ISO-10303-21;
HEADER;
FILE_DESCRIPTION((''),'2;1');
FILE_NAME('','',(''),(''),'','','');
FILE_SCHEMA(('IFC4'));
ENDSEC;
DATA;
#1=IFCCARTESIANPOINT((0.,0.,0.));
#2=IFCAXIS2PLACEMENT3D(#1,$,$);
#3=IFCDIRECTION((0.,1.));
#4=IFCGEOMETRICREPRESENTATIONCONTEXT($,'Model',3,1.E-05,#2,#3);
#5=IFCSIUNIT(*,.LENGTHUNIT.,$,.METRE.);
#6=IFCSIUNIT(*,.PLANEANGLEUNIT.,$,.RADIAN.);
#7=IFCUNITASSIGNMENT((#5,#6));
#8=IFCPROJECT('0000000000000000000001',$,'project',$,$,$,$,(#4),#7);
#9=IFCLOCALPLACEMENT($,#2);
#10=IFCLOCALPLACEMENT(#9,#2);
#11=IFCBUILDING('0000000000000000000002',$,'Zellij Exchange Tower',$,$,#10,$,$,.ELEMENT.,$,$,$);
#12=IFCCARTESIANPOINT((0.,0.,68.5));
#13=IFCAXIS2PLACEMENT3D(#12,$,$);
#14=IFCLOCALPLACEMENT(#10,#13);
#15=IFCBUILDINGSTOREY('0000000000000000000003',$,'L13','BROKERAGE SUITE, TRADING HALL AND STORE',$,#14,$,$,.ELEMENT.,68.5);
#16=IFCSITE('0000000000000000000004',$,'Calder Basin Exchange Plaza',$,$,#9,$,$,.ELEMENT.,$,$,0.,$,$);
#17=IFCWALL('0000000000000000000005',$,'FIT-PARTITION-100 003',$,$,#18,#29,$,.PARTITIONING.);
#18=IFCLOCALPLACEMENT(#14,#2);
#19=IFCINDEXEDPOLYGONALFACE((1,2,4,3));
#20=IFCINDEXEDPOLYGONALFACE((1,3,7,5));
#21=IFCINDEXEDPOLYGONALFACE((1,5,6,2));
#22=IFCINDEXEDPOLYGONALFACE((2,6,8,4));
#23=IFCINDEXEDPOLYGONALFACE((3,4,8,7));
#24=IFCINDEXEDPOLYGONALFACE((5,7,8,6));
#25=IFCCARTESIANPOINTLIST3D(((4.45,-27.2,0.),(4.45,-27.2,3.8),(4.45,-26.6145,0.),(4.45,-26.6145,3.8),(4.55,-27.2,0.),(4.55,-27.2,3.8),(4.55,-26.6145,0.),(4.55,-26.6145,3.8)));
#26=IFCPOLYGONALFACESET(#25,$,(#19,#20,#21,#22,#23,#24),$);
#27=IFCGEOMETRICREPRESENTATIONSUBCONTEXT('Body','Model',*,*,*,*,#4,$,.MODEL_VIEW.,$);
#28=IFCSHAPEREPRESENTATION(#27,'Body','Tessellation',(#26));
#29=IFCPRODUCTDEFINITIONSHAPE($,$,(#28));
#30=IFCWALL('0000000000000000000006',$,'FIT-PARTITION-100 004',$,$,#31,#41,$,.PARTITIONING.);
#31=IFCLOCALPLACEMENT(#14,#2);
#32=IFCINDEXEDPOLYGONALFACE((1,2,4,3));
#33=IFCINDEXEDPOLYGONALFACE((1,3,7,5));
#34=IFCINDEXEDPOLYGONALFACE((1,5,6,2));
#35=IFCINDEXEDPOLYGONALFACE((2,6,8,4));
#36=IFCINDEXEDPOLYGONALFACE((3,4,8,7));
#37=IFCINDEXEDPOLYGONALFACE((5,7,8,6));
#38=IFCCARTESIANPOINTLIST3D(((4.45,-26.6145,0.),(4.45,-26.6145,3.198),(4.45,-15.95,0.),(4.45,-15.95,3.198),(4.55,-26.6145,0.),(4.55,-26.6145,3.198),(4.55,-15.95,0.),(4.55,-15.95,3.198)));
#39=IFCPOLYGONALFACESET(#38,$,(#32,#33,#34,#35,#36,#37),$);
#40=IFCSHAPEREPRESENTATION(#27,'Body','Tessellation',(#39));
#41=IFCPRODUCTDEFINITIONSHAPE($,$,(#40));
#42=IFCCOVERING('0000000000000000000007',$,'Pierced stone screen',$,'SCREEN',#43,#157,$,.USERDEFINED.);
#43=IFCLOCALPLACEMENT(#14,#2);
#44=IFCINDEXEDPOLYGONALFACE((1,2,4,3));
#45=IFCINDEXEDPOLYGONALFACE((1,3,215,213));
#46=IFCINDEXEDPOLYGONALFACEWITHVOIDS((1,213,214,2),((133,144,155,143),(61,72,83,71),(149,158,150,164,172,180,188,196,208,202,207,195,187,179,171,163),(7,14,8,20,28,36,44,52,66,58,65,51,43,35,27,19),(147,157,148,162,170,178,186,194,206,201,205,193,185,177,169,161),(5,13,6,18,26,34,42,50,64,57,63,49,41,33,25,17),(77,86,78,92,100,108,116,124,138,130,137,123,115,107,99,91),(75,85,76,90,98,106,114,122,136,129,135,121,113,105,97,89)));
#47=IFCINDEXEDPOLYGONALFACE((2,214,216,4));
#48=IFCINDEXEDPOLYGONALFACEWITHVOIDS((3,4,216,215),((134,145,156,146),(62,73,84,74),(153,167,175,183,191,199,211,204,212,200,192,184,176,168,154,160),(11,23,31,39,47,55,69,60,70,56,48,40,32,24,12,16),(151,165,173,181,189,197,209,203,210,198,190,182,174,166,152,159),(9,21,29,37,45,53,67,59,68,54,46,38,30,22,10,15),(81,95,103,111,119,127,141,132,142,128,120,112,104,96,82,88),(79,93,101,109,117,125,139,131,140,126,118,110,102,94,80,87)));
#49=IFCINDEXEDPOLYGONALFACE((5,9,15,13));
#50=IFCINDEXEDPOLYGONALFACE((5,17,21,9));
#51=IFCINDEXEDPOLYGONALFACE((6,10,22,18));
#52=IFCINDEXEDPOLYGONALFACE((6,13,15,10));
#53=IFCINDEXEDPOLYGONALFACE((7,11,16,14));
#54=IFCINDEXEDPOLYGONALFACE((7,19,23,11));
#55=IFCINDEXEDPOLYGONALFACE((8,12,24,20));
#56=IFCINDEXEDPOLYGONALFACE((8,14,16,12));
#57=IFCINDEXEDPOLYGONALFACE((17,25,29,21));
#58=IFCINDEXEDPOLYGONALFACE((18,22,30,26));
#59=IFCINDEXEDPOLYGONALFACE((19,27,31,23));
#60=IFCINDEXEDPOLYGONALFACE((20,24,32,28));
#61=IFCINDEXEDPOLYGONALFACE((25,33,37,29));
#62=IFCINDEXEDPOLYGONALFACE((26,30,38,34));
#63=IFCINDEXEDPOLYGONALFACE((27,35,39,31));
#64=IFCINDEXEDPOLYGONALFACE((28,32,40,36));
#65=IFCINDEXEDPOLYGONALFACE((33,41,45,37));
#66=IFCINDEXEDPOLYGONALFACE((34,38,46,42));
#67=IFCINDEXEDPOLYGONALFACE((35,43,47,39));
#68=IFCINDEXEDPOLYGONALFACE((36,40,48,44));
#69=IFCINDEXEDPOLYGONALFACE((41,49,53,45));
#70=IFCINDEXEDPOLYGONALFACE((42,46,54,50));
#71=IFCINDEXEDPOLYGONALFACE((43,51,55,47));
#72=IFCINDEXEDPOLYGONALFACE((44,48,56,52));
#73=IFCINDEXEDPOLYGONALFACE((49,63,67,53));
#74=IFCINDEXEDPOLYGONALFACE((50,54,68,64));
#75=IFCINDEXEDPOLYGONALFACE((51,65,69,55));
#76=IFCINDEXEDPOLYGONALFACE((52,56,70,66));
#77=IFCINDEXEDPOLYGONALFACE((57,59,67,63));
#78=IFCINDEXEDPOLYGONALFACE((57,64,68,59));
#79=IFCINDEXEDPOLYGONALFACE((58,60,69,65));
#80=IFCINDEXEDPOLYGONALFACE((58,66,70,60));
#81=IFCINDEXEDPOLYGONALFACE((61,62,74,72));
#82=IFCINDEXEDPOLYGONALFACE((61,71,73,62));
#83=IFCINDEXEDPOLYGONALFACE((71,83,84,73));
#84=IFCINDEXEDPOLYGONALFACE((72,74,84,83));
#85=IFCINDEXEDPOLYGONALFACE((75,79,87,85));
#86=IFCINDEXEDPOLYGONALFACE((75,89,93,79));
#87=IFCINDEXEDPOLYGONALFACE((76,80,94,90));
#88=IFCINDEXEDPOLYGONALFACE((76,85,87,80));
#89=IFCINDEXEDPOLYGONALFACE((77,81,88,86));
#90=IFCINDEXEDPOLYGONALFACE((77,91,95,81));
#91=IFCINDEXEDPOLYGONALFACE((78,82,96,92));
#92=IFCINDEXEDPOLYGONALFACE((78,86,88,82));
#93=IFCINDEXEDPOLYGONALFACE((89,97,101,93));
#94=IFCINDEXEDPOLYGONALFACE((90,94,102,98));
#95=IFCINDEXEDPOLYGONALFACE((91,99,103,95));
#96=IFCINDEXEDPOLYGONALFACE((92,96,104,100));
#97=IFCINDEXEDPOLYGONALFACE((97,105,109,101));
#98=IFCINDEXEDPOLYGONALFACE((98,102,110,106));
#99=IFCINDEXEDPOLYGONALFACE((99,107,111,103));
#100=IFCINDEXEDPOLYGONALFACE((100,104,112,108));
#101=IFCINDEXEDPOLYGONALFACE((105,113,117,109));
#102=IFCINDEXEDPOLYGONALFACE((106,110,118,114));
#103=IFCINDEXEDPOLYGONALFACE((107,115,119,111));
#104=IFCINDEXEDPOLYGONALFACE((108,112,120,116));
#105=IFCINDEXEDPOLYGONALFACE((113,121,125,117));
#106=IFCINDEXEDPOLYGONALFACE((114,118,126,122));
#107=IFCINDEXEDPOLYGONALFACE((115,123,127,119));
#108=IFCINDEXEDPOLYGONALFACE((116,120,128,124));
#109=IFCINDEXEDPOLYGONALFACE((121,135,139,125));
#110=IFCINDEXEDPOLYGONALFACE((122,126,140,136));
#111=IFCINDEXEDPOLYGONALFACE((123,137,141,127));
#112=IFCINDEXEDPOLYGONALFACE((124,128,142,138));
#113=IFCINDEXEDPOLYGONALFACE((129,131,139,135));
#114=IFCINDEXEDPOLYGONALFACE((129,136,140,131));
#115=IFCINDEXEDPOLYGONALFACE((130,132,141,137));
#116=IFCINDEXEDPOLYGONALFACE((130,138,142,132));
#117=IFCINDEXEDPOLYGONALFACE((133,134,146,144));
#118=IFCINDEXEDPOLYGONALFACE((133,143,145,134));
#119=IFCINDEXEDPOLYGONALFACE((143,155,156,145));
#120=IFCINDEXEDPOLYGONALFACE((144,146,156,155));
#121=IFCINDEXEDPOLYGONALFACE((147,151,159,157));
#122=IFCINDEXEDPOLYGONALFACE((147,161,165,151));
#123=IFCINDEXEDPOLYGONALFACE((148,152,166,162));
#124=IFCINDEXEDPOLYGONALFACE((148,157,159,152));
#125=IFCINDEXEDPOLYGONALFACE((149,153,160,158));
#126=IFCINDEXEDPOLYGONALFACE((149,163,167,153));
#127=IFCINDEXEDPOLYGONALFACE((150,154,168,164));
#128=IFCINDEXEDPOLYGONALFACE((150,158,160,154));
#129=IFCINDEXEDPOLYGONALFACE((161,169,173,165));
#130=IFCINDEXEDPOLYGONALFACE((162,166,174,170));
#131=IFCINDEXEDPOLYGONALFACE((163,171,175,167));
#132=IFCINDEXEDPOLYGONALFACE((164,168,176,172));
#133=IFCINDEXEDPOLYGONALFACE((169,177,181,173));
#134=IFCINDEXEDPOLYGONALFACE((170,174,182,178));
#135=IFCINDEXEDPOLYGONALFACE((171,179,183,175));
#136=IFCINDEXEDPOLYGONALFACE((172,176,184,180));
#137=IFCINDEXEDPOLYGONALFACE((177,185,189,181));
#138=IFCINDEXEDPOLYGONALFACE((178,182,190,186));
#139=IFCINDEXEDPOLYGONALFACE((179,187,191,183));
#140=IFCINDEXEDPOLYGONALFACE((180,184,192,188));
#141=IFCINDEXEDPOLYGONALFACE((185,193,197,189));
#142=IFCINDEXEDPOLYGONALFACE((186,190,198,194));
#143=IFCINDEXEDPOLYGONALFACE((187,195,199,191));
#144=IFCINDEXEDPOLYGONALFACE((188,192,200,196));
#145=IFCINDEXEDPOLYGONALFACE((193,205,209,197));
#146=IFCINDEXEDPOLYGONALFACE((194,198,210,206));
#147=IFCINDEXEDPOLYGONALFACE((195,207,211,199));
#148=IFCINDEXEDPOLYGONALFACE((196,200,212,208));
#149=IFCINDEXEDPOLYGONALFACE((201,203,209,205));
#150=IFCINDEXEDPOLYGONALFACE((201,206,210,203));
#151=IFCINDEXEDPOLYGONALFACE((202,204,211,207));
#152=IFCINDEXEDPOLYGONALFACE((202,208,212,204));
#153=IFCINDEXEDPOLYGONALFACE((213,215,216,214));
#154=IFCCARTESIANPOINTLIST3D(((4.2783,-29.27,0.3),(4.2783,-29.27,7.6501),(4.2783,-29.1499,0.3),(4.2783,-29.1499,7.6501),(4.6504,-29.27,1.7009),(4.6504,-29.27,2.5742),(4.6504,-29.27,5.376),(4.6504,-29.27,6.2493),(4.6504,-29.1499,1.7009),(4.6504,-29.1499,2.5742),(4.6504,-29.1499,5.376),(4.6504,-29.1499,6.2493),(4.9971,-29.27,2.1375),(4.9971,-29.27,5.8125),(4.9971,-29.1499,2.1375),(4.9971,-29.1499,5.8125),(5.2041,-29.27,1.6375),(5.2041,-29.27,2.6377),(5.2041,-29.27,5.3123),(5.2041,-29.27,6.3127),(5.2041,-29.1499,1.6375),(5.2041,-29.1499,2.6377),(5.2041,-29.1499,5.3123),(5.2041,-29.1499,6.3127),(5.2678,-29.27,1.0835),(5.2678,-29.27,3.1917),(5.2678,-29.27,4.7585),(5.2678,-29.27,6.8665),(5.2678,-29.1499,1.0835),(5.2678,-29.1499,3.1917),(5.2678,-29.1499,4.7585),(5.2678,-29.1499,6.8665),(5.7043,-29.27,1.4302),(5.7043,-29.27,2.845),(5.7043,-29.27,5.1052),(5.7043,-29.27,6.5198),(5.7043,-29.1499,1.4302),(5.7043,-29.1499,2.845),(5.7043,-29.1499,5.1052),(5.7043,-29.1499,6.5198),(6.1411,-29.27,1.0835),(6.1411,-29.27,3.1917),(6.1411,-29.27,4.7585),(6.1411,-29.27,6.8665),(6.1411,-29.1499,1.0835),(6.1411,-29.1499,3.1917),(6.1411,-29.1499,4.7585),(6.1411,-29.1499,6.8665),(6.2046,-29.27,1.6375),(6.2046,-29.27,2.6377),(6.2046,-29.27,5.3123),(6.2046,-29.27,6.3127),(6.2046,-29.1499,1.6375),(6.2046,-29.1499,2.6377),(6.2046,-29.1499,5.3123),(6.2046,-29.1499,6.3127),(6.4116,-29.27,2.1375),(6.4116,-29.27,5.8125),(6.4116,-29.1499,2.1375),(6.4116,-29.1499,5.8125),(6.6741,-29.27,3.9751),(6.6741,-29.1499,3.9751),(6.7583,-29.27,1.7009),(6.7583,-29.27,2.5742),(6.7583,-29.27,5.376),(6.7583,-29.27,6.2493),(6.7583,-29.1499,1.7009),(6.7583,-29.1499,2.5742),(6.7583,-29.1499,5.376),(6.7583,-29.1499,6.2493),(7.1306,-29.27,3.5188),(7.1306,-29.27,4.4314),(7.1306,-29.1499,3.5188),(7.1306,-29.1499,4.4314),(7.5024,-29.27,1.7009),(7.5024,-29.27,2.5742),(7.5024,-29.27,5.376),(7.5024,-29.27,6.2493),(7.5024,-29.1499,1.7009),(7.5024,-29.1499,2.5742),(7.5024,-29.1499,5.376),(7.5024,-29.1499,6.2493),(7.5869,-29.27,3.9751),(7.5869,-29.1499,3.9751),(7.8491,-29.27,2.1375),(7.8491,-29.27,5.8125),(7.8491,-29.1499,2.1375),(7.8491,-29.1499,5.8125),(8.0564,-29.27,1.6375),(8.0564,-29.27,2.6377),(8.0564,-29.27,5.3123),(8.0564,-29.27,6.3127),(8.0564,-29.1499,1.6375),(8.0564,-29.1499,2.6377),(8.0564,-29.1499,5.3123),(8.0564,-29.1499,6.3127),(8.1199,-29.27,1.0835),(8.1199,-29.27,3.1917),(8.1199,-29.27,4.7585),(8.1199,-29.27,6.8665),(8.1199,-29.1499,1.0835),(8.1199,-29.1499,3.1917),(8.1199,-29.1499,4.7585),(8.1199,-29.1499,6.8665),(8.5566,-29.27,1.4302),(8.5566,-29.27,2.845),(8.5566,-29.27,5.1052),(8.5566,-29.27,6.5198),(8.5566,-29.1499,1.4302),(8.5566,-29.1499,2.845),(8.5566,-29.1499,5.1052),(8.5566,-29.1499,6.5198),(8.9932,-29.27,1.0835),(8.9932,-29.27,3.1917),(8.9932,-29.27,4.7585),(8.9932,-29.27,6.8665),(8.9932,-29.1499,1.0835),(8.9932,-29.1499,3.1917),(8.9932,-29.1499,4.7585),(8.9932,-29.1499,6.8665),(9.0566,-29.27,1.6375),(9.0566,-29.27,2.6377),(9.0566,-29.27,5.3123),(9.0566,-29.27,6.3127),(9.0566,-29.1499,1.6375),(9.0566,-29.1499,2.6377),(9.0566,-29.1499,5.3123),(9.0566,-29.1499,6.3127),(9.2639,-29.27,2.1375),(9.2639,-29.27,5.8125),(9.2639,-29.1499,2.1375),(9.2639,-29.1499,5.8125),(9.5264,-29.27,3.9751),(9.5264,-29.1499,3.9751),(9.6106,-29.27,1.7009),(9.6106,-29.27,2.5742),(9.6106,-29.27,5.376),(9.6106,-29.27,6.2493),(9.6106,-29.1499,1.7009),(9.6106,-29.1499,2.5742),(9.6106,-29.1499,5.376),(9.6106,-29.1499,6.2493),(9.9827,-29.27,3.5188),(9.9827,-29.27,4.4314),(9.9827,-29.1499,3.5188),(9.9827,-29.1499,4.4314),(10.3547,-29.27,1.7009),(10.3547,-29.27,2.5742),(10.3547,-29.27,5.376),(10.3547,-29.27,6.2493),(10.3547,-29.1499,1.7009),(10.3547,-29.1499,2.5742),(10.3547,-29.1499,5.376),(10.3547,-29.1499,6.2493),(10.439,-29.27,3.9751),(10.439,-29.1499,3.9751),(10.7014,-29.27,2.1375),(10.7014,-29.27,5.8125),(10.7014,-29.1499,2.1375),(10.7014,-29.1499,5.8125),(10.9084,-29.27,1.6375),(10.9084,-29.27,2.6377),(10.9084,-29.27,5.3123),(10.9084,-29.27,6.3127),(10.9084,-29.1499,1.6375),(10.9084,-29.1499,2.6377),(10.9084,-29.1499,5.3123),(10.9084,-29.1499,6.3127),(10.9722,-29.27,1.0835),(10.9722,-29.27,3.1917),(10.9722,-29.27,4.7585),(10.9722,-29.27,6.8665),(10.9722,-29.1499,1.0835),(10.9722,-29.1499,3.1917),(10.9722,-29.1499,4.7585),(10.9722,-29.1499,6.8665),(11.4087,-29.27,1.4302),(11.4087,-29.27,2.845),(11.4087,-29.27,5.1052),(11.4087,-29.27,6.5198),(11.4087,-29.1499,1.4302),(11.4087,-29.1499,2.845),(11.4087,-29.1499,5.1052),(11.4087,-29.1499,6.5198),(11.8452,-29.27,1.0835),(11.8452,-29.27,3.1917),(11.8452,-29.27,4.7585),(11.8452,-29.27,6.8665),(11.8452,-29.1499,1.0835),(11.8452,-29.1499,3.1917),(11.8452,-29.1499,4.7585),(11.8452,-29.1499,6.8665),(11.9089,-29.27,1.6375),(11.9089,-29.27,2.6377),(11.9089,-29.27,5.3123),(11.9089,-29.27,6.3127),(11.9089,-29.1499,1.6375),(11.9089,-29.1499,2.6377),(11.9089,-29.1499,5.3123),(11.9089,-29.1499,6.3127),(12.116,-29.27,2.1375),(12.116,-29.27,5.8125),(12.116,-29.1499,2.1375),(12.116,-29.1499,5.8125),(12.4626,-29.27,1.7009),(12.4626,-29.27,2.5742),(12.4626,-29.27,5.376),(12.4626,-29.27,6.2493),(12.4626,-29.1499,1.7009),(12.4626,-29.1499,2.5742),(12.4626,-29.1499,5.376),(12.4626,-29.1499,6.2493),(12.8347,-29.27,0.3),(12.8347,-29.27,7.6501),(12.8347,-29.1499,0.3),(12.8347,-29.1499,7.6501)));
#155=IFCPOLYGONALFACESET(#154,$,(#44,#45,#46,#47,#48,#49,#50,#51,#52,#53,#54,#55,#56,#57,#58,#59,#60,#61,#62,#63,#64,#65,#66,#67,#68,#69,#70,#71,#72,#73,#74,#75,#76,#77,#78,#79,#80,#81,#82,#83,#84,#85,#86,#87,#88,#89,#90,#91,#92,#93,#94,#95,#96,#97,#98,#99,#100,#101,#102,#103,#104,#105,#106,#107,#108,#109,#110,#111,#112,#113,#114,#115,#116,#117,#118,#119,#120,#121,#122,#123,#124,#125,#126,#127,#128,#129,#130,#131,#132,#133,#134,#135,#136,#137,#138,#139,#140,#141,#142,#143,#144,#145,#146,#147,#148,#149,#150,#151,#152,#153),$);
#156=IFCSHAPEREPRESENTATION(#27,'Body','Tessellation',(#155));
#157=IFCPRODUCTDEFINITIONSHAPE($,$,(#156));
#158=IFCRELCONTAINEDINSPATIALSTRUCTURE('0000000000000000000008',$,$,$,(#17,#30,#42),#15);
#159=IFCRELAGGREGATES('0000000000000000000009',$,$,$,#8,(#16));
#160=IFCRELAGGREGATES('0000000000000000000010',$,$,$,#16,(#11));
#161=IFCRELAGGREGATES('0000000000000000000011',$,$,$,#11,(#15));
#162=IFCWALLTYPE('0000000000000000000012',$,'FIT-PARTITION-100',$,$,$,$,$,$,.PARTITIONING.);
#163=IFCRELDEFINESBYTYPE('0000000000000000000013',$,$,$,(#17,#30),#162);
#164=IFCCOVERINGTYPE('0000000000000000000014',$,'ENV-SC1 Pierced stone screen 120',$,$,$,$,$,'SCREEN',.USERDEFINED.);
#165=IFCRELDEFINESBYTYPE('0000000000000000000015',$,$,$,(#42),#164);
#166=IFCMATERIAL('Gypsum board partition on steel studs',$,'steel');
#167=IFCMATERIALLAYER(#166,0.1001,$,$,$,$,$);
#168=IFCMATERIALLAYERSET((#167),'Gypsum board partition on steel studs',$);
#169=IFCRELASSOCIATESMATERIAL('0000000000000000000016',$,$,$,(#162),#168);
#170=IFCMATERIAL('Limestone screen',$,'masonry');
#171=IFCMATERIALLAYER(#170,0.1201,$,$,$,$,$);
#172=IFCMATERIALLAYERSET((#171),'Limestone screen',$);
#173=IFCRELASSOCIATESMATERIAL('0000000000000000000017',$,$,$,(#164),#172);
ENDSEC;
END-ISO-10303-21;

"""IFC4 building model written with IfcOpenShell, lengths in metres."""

from ifc_helpers import new_model, si_unit, direction, frame, frame_2d, origin, place, context, subcontext, project, spatial, polyline, rectangle, outline, extrude, material, layer, layer_set, type_object, element, save


model = new_model("IFC4")

# Units and contexts
model_context = context("Model", 3, precision=1e-05, world=origin(), true_north=direction((0.0, 1.0)))
body_context = subcontext(model_context, "Body", "Model", "MODEL_VIEW")
ifc_project = project(units=[si_unit("LENGTHUNIT", "METRE"), si_unit("PLANEANGLEUNIT", "RADIAN")], contexts=[model_context])

# Site, building, storey
site_placement = place(None, origin())
site = spatial("IfcSite", under=ifc_project, at=site_placement, Name="Calder Basin Exchange Plaza", CompositionType="ELEMENT", RefElevation=0.0)
building_placement = place(site_placement, origin())
building = spatial("IfcBuilding", under=site, at=building_placement, Name="Zellij Exchange Tower", CompositionType="ELEMENT")
storey_placement = place(building_placement, frame((0.0, 0.0, 68.5)))
storey = spatial("IfcBuildingStorey", under=building, at=storey_placement, Name="L13", Description="BROKERAGE SUITE, TRADING HALL AND STORE", CompositionType="ELEMENT", Elevation=68.5)

# Walls
ifc_material_1 = material(Name="Gypsum board partition on steel studs", Category="steel")
ifc_layer_1 = layer(ifc_material_1, 0.1001)
ifc_layer_set_1 = layer_set([ifc_layer_1], Name="Gypsum board partition on steel studs")
wall_type_1 = type_object("IfcWallType", Name="FIT-PARTITION-100", PredefinedType="PARTITIONING", material=ifc_layer_set_1)
wall_1_placement = place(storey_placement, frame((4.5, -27.2, 0.0), z_axis=(0.0, 0.0, 1.0), x_axis=(0.0, 1.0, 0.0)))
element("IfcWall", 1, at=wall_1_placement, inside=storey, type_object=wall_type_1, Name="FIT-PARTITION-100 003", PredefinedType="PARTITIONING", context=body_context, shape_type="SweptSolid", body=[
    extrude(rectangle(XDim=0.5854, YDim=0.1001, at=frame_2d((0.2927, 0.0))), origin(), (0.0, 0.0, 1.0), 3.8),
])
wall_2_placement = place(storey_placement, frame((4.5, -26.6145, 0.0), z_axis=(0.0, 0.0, 1.0), x_axis=(0.0, 1.0, 0.0)))
element("IfcWall", 2, at=wall_2_placement, inside=storey, type_object=wall_type_1, Name="FIT-PARTITION-100 004", PredefinedType="PARTITIONING", context=body_context, shape_type="SweptSolid", body=[
    extrude(rectangle(XDim=10.6646, YDim=0.1001, at=frame_2d((5.3323, 0.0))), origin(), (0.0, 0.0, 1.0), 3.198),
])

# Covering
ifc_material_2 = material(Name="Limestone screen", Category="masonry")
ifc_layer_2 = layer(ifc_material_2, 0.1201)
ifc_layer_set_2 = layer_set([ifc_layer_2], Name="Limestone screen")
covering_type = type_object("IfcCoveringType", Name="ENV-SC1 Pierced stone screen 120", ElementType="SCREEN", PredefinedType="USERDEFINED", material=ifc_layer_set_2)
covering_1_placement = place(storey_placement, frame((4.2783, -29.21, 0.3), z_axis=(0.0, 0.0, 1.0), x_axis=(1.0, 0.0, 0.0)))
element("IfcCovering", 3, at=covering_1_placement, inside=storey, type_object=covering_type, Name="Pierced stone screen", ObjectType="SCREEN", PredefinedType="USERDEFINED", context=body_context, shape_type="SweptSolid", body=[
    extrude(outline(polyline([(0.0, 0.0), (8.5564, 0.0), (8.5564, 7.3501), (0.0, 7.3501), (0.0, 0.0)]), holes=[polyline([(2.48, 2.2742), (1.9263, 2.3376), (1.8628, 2.8916), (1.426, 2.5449), (0.9895, 2.8916), (0.9258, 2.3376), (0.3721, 2.2742), (0.7188, 1.8374), (0.3721, 1.4009), (0.9258, 1.3374), (0.9895, 0.7834), (1.426, 1.1301), (1.8628, 0.7834), (1.9263, 1.3374), (2.48, 1.4009), (2.1333, 1.8374), (2.48, 2.2742)]), polyline([(2.48, 5.9492), (1.9263, 6.0127), (1.8628, 6.5664), (1.426, 6.2197), (0.9895, 6.5664), (0.9258, 6.0127), (0.3721, 5.9492), (0.7188, 5.5125), (0.3721, 5.0759), (0.9258, 5.0122), (0.9895, 4.4585), (1.426, 4.8052), (1.8628, 4.4585), (1.9263, 5.0122), (2.48, 5.0759), (2.1333, 5.5125), (2.48, 5.9492)]), polyline([(5.3323, 2.2742), (4.7783, 2.3376), (4.7148, 2.8916), (4.2783, 2.5449), (3.8416, 2.8916), (3.7781, 2.3376), (3.2241, 2.2742), (3.5708, 1.8374), (3.2241, 1.4009), (3.7781, 1.3374), (3.8416, 0.7834), (4.2783, 1.1301), (4.7148, 0.7834), (4.7783, 1.3374), (5.3323, 1.4009), (4.9856, 1.8374), (5.3323, 2.2742)]), polyline([(5.3323, 5.9492), (4.7783, 6.0127), (4.7148, 6.5664), (4.2783, 6.2197), (3.8416, 6.5664), (3.7781, 6.0127), (3.2241, 5.9492), (3.5708, 5.5125), (3.2241, 5.0759), (3.7781, 5.0122), (3.8416, 4.4585), (4.2783, 4.8052), (4.7148, 4.4585), (4.7783, 5.0122), (5.3323, 5.0759), (4.9856, 5.5125), (5.3323, 5.9492)]), polyline([(8.1843, 2.2742), (7.6306, 2.3376), (7.5669, 2.8916), (7.1304, 2.5449), (6.6938, 2.8916), (6.6301, 2.3376), (6.0764, 2.2742), (6.4231, 1.8374), (6.0764, 1.4009), (6.6301, 1.3374), (6.6938, 0.7834), (7.1304, 1.1301), (7.5669, 0.7834), (7.6306, 1.3374), (8.1843, 1.4009), (7.8376, 1.8374), (8.1843, 2.2742)]), polyline([(8.1843, 5.9492), (7.6306, 6.0127), (7.5669, 6.5664), (7.1304, 6.2197), (6.6938, 6.5664), (6.6301, 6.0127), (6.0764, 5.9492), (6.4231, 5.5125), (6.0764, 5.0759), (6.6301, 5.0122), (6.6938, 4.4585), (7.1304, 4.8052), (7.5669, 4.4585), (7.6306, 5.0122), (8.1843, 5.0759), (7.8376, 5.5125), (8.1843, 5.9492)]), polyline([(3.3086, 3.675), (2.8523, 4.1313), (2.3958, 3.675), (2.8523, 3.2188), (3.3086, 3.675)]), polyline([(6.1606, 3.675), (5.7043, 4.1313), (5.248, 3.675), (5.7043, 3.2188), (6.1606, 3.675)])]), frame((0.0, 0.0601, 0.0), z_axis=(0.0, -1.0, 0.0), x_axis=(1.0, 0.0, 0.0)), (0.0, 0.0, 1.0), 0.1201),
])

save(model, "model.ifc")
